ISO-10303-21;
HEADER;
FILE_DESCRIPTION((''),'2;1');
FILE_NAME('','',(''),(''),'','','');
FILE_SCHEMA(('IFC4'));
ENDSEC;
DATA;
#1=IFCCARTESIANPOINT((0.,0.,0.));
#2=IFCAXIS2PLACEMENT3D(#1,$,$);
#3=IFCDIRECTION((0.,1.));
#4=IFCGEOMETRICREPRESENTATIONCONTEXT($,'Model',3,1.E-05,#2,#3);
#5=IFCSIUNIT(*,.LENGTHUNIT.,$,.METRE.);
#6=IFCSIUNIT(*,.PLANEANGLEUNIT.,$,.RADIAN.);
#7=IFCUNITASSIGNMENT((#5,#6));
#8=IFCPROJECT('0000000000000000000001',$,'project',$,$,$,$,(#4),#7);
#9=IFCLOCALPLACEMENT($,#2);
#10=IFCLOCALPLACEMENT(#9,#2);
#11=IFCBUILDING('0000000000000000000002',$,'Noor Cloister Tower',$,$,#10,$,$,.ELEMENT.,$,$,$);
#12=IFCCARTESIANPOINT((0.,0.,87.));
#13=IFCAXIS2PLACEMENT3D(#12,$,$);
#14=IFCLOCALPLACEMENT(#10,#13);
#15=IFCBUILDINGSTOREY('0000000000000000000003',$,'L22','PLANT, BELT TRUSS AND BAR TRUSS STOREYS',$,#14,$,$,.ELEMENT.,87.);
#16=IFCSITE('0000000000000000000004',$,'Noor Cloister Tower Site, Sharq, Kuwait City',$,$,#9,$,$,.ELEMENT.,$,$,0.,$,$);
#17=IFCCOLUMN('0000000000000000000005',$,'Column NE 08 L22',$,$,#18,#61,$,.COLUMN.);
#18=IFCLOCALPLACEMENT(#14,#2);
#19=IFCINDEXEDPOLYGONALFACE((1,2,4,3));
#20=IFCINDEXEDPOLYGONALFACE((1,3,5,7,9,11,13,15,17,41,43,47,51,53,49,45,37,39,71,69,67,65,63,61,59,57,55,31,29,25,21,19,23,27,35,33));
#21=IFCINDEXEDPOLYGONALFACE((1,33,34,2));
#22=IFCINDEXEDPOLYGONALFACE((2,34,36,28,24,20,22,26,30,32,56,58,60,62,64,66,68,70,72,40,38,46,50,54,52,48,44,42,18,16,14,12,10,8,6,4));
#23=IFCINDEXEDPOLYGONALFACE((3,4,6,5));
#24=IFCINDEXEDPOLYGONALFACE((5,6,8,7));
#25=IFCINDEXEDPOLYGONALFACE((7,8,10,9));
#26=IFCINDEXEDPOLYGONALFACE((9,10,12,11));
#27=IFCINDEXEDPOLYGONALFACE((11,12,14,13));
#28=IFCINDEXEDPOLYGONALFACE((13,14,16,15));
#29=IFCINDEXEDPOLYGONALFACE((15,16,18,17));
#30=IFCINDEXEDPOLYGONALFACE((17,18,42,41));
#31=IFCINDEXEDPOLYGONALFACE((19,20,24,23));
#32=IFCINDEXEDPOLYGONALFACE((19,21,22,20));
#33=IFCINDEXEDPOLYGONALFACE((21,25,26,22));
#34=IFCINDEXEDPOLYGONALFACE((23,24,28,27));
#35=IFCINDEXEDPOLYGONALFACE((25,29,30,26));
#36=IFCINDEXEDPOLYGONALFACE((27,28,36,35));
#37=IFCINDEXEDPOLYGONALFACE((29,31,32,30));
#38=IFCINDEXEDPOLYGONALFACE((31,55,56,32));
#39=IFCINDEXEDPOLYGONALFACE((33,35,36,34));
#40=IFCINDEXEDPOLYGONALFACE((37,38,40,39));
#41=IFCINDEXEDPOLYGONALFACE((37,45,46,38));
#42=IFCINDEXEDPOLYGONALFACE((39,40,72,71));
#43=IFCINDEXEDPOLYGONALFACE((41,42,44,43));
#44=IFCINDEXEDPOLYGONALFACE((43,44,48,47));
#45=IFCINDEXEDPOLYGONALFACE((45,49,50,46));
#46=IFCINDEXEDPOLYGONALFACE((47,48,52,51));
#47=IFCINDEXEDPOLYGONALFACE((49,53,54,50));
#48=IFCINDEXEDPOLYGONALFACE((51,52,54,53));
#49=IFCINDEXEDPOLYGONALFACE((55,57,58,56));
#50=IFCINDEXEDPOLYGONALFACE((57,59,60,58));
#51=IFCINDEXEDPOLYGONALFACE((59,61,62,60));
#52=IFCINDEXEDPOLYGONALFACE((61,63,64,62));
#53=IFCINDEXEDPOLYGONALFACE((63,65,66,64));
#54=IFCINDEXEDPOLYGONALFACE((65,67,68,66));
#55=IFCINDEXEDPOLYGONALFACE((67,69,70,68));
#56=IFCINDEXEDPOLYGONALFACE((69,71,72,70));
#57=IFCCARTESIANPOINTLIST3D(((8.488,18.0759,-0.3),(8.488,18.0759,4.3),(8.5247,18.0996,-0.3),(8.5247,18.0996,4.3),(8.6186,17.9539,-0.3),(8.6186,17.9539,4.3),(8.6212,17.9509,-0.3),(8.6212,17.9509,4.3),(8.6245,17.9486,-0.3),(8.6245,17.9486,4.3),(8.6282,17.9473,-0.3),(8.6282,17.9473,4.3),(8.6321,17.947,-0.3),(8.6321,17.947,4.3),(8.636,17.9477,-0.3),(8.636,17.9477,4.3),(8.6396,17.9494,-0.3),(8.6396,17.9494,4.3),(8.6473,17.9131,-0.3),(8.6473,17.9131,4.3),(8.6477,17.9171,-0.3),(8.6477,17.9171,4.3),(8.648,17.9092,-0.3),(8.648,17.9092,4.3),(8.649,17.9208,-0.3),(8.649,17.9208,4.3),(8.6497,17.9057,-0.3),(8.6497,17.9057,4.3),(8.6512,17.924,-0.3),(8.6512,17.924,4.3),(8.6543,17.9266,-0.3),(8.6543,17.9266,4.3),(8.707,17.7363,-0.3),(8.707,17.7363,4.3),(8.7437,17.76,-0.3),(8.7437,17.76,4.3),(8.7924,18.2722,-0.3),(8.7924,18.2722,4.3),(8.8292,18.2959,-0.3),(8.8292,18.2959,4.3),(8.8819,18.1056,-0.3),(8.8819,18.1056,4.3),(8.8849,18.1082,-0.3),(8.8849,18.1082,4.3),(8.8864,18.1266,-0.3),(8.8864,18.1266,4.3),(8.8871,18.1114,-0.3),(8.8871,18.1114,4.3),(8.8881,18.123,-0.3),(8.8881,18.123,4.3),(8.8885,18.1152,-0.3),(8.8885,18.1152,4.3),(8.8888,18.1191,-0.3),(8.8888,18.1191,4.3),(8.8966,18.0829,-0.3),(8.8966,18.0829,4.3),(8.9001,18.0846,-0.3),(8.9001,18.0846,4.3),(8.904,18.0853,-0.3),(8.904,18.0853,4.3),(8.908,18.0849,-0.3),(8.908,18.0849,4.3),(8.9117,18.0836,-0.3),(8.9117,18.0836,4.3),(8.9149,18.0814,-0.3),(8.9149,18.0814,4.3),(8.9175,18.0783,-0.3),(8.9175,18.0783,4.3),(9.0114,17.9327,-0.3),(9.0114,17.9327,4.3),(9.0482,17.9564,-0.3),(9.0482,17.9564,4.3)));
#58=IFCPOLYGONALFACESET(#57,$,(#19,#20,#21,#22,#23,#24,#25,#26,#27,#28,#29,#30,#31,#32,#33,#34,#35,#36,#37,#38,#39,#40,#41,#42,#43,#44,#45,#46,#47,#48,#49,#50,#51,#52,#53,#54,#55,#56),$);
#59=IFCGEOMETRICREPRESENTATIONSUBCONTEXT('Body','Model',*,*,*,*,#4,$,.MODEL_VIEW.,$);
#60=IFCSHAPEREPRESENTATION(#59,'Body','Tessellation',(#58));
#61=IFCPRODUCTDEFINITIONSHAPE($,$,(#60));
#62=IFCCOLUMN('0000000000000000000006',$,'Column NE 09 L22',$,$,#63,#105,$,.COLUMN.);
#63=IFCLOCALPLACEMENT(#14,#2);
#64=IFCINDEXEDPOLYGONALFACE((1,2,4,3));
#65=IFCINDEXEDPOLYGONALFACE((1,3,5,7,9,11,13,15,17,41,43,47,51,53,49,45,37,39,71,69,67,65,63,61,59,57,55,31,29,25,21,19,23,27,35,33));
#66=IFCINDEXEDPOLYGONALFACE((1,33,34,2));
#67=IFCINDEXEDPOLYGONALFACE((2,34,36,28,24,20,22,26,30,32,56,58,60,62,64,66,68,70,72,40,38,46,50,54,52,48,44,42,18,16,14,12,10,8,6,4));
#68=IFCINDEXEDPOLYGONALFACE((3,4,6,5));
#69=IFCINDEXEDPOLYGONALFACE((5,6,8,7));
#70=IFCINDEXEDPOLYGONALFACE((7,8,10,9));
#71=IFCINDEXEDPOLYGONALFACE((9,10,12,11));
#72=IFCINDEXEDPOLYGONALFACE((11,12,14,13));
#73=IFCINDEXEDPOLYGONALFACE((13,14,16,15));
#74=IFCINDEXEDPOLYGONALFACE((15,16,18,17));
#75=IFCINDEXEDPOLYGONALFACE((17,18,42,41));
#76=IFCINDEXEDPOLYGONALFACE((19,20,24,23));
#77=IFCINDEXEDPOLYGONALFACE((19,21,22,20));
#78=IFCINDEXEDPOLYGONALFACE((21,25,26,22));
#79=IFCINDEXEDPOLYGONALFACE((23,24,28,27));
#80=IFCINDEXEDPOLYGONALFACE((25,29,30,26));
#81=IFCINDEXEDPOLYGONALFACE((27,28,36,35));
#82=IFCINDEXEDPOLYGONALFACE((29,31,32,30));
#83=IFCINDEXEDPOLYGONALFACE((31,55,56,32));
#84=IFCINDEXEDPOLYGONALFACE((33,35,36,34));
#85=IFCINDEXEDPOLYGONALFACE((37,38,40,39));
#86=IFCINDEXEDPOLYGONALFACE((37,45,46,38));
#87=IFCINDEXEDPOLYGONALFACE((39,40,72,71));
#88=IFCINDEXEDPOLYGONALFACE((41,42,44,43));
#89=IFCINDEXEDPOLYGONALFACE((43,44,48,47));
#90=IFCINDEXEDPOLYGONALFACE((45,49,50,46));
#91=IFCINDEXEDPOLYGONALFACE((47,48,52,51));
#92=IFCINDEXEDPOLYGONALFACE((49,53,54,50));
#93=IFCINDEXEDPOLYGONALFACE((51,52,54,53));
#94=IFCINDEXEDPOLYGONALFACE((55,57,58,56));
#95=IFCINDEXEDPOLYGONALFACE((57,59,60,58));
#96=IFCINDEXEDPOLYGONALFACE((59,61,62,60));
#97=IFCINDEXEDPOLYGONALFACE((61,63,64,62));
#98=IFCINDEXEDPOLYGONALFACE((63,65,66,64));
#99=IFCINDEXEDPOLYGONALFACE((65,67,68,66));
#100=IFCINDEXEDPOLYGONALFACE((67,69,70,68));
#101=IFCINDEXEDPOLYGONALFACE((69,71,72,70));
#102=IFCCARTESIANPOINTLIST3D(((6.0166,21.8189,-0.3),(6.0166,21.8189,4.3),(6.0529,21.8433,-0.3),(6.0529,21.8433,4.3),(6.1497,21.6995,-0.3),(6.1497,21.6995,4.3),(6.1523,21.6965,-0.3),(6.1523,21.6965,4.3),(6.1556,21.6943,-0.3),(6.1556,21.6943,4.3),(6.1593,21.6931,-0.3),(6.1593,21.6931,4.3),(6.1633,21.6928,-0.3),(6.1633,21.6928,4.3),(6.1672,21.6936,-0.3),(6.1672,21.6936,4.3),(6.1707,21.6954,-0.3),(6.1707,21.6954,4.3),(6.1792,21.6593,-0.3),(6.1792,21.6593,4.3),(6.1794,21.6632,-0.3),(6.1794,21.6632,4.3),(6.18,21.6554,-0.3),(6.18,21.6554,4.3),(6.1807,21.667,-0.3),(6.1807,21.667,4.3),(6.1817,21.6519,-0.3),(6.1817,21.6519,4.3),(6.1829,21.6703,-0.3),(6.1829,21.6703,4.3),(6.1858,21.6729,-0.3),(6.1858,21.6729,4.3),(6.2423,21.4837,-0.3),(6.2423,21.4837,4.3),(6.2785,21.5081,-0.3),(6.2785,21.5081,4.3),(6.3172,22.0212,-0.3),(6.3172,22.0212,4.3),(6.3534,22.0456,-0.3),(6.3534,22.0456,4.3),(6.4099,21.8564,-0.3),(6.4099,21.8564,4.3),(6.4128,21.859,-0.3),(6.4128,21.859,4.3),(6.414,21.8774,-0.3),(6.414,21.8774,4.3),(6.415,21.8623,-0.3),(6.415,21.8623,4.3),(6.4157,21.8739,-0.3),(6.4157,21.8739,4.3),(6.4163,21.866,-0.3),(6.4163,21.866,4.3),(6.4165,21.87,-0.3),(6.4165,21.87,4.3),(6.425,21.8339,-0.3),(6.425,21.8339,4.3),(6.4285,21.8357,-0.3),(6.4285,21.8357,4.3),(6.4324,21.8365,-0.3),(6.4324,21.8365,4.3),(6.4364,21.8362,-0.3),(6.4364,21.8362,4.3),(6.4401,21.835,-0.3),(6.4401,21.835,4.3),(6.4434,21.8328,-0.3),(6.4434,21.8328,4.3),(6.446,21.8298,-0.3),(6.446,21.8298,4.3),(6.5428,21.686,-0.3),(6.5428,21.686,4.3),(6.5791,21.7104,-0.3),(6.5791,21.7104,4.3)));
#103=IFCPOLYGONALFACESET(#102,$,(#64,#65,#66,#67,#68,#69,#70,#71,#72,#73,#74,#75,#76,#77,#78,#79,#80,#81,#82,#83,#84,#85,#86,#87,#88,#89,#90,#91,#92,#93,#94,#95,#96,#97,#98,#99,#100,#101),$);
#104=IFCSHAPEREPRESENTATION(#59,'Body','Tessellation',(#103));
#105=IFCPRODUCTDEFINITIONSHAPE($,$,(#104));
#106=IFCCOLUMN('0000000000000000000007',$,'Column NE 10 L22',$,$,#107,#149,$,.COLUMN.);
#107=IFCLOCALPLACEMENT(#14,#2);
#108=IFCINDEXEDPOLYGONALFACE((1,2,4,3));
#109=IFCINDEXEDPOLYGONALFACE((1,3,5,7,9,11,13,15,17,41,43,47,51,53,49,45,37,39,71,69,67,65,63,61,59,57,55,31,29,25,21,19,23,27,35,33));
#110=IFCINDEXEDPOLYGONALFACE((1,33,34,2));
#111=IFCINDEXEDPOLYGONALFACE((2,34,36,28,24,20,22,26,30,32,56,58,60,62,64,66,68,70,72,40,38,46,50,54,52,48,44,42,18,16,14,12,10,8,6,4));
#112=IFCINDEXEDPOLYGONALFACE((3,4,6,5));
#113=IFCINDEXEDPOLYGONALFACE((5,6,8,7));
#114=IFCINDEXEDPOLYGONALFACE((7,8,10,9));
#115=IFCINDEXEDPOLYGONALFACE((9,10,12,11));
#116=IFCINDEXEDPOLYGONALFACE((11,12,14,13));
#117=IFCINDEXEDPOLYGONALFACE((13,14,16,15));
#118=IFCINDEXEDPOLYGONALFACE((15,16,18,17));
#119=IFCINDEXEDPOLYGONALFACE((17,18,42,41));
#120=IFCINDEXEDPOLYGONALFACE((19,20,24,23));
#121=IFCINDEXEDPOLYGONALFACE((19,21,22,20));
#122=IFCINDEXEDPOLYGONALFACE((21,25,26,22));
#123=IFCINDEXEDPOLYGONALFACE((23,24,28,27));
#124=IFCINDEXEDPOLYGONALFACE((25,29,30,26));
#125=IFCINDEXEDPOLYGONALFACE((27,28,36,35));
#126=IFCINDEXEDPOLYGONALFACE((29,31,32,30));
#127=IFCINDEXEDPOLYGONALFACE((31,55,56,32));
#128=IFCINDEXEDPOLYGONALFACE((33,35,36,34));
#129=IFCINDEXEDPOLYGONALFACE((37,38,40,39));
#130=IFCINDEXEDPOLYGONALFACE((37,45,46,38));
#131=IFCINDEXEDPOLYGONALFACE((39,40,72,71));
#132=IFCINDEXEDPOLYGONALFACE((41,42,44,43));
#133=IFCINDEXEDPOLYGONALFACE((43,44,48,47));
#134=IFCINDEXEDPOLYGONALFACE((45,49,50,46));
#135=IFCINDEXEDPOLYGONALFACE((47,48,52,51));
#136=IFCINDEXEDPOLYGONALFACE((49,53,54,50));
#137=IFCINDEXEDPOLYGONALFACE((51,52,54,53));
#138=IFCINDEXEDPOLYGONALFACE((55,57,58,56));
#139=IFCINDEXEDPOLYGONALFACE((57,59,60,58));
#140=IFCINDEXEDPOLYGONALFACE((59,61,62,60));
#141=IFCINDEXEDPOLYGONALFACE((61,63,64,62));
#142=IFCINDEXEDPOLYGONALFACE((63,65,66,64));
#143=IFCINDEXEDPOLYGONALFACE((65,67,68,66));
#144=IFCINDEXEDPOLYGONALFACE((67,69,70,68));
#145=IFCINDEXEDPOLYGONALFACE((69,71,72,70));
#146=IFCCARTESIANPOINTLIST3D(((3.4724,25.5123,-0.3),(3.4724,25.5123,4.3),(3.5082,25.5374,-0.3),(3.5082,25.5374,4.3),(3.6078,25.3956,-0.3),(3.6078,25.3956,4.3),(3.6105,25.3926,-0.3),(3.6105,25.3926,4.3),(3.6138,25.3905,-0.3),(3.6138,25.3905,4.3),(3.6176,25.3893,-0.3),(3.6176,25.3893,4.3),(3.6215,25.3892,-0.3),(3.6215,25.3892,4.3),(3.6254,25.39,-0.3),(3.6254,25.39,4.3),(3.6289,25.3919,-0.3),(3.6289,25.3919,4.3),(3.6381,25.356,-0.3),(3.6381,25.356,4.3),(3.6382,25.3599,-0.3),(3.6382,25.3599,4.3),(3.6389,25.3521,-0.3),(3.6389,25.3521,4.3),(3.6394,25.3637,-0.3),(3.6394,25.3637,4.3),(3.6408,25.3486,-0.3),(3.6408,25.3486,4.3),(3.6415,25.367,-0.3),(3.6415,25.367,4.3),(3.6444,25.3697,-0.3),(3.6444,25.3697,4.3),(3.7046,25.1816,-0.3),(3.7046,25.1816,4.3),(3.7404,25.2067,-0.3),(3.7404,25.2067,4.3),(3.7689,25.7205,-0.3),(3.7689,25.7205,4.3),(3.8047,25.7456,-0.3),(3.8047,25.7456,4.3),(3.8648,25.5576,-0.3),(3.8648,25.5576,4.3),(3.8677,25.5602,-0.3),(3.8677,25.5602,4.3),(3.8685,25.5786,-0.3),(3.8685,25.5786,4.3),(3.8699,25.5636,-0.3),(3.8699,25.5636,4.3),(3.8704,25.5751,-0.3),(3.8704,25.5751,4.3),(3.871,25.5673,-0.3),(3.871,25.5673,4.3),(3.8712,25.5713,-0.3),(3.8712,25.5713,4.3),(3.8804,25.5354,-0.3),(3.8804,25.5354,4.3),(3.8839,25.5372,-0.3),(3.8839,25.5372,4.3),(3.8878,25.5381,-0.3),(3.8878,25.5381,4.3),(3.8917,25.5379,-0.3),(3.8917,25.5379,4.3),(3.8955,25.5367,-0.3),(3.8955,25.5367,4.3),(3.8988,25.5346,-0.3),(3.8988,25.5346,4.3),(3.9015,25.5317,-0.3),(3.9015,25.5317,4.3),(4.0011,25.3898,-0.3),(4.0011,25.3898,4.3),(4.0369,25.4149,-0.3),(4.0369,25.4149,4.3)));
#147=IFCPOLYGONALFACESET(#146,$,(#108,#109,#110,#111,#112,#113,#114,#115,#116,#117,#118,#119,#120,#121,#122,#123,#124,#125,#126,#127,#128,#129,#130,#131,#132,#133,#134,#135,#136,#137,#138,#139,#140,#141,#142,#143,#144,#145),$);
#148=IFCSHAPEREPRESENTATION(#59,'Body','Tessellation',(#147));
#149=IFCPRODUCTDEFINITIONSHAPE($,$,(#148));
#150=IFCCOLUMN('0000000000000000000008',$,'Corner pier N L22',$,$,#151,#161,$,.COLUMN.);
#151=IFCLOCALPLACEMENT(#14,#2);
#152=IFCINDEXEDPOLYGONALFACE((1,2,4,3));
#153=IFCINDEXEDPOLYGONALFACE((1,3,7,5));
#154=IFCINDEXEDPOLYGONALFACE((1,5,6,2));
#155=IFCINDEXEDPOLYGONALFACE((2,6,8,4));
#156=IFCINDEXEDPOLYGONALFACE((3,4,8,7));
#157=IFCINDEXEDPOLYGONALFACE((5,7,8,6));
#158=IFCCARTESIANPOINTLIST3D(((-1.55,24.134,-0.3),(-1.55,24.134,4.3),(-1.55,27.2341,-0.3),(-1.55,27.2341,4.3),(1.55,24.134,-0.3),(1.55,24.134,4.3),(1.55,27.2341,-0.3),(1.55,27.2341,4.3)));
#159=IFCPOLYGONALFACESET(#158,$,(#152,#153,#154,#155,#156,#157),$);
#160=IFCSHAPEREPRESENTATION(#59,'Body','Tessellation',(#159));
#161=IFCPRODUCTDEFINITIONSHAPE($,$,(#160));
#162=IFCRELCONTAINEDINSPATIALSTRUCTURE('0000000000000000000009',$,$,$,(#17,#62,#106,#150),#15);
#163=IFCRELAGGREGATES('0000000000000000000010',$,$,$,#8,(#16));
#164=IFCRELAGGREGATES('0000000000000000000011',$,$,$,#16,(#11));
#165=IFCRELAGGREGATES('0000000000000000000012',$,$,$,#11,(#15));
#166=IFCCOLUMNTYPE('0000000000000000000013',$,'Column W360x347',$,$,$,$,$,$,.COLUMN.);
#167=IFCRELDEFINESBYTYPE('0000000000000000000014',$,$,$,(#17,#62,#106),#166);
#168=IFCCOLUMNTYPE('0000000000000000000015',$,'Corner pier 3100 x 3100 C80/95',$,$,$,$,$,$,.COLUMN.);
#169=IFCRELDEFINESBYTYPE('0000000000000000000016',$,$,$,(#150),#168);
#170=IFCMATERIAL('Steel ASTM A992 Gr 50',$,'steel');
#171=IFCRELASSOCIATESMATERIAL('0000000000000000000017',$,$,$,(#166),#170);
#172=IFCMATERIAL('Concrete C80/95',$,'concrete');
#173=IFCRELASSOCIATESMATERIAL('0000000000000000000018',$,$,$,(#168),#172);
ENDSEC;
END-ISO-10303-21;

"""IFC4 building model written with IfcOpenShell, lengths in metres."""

from ifc_helpers import new_model, si_unit, direction, frame, origin, origin_2d, place, context, subcontext, project, spatial, rectangle, i_section, extrude, material, material_profile, profile_set, type_object, element, save


model = new_model("IFC4")

# Units and contexts
model_context = context("Model", 3, precision=1e-05, world=origin(), true_north=direction((0.0, 1.0)))
body_context = subcontext(model_context, "Body", "Model", "MODEL_VIEW")
ifc_project = project(units=[si_unit("LENGTHUNIT", "METRE"), si_unit("PLANEANGLEUNIT", "RADIAN")], contexts=[model_context])

# Site, building, storey
site_placement = place(None, origin())
site = spatial("IfcSite", under=ifc_project, at=site_placement, Name="Noor Cloister Tower Site, Sharq, Kuwait City", CompositionType="ELEMENT", RefElevation=0.0)
building_placement = place(site_placement, origin())
building = spatial("IfcBuilding", under=site, at=building_placement, Name="Noor Cloister Tower", CompositionType="ELEMENT")
storey_placement = place(building_placement, frame((0.0, 0.0, 87.0)))
storey = spatial("IfcBuildingStorey", under=building, at=storey_placement, Name="L22", Description="PLANT, BELT TRUSS AND BAR TRUSS STOREYS", CompositionType="ELEMENT", Elevation=87.0)

# Columns
ifc_material_1 = material(Name="Steel ASTM A992 Gr 50", Category="steel")
ifc_material_profile_1 = material_profile(ifc_material_1, i_section(OverallWidth=0.4041, OverallDepth=0.406, WebThickness=0.0271, FlangeThickness=0.0437, FilletRadius=0.0151, at=origin_2d()), Name="W360x347")
ifc_profile_set_1 = profile_set([ifc_material_profile_1], Name="Steel ASTM A992 Gr 50")
column_type_1 = type_object("IfcColumnType", Name="Column W360x347", PredefinedType="COLUMN", material=ifc_profile_set_1)
for number, where, z_axis, x_axis, name in (
    (1, (8.7681, 18.0161, -0.3), (0.0, 0.0, 1.0), (-0.541993, 0.840383, 0.0), "Column NE 08 L22"),
    (2, (6.2979, 21.7646, -0.3), (0.0, 0.0, 1.0), (-0.558429, 0.829553, 0.0), "Column NE 09 L22"),
    (3, (3.7546, 25.4636, -0.3), (0.0, 0.0, 1.0), (-0.574648, 0.818401, 0.0), "Column NE 10 L22"),
):
    element("IfcColumn", number, at=place(storey_placement, frame(where, z_axis=z_axis, x_axis=x_axis)), inside=storey, type_object=column_type_1, Name=name, PredefinedType="COLUMN", context=body_context, shape_type="SweptSolid", body=[
        extrude(i_section(OverallWidth=0.4041, OverallDepth=0.406, WebThickness=0.0271, FlangeThickness=0.0437, FilletRadius=0.0151, at=origin_2d()), origin(), (0.0, 0.0, 1.0), 4.6001),
    ])
ifc_material_2 = material(Name="Concrete C80/95", Category="concrete")
ifc_material_profile_2 = material_profile(ifc_material_2, rectangle(XDim=3.1001, YDim=3.1001, at=origin_2d()), Name="RC 3100x3100")
ifc_profile_set_2 = profile_set([ifc_material_profile_2], Name="Concrete C80/95")
column_type_2 = type_object("IfcColumnType", Name="Corner pier 3100 x 3100 C80/95", PredefinedType="COLUMN", material=ifc_profile_set_2)
column_placement = place(storey_placement, frame((0.0, 25.6841, -0.3), z_axis=(0.0, 0.0, 1.0), x_axis=(0.0, 1.0, 0.0)))
element("IfcColumn", 4, at=column_placement, inside=storey, type_object=column_type_2, Name="Corner pier N L22", PredefinedType="COLUMN", context=body_context, shape_type="SweptSolid", body=[
    extrude(rectangle(XDim=3.1001, YDim=3.1001, at=origin_2d()), origin(), (0.0, 0.0, 1.0), 4.6001),
])

save(model, "model.ifc")
